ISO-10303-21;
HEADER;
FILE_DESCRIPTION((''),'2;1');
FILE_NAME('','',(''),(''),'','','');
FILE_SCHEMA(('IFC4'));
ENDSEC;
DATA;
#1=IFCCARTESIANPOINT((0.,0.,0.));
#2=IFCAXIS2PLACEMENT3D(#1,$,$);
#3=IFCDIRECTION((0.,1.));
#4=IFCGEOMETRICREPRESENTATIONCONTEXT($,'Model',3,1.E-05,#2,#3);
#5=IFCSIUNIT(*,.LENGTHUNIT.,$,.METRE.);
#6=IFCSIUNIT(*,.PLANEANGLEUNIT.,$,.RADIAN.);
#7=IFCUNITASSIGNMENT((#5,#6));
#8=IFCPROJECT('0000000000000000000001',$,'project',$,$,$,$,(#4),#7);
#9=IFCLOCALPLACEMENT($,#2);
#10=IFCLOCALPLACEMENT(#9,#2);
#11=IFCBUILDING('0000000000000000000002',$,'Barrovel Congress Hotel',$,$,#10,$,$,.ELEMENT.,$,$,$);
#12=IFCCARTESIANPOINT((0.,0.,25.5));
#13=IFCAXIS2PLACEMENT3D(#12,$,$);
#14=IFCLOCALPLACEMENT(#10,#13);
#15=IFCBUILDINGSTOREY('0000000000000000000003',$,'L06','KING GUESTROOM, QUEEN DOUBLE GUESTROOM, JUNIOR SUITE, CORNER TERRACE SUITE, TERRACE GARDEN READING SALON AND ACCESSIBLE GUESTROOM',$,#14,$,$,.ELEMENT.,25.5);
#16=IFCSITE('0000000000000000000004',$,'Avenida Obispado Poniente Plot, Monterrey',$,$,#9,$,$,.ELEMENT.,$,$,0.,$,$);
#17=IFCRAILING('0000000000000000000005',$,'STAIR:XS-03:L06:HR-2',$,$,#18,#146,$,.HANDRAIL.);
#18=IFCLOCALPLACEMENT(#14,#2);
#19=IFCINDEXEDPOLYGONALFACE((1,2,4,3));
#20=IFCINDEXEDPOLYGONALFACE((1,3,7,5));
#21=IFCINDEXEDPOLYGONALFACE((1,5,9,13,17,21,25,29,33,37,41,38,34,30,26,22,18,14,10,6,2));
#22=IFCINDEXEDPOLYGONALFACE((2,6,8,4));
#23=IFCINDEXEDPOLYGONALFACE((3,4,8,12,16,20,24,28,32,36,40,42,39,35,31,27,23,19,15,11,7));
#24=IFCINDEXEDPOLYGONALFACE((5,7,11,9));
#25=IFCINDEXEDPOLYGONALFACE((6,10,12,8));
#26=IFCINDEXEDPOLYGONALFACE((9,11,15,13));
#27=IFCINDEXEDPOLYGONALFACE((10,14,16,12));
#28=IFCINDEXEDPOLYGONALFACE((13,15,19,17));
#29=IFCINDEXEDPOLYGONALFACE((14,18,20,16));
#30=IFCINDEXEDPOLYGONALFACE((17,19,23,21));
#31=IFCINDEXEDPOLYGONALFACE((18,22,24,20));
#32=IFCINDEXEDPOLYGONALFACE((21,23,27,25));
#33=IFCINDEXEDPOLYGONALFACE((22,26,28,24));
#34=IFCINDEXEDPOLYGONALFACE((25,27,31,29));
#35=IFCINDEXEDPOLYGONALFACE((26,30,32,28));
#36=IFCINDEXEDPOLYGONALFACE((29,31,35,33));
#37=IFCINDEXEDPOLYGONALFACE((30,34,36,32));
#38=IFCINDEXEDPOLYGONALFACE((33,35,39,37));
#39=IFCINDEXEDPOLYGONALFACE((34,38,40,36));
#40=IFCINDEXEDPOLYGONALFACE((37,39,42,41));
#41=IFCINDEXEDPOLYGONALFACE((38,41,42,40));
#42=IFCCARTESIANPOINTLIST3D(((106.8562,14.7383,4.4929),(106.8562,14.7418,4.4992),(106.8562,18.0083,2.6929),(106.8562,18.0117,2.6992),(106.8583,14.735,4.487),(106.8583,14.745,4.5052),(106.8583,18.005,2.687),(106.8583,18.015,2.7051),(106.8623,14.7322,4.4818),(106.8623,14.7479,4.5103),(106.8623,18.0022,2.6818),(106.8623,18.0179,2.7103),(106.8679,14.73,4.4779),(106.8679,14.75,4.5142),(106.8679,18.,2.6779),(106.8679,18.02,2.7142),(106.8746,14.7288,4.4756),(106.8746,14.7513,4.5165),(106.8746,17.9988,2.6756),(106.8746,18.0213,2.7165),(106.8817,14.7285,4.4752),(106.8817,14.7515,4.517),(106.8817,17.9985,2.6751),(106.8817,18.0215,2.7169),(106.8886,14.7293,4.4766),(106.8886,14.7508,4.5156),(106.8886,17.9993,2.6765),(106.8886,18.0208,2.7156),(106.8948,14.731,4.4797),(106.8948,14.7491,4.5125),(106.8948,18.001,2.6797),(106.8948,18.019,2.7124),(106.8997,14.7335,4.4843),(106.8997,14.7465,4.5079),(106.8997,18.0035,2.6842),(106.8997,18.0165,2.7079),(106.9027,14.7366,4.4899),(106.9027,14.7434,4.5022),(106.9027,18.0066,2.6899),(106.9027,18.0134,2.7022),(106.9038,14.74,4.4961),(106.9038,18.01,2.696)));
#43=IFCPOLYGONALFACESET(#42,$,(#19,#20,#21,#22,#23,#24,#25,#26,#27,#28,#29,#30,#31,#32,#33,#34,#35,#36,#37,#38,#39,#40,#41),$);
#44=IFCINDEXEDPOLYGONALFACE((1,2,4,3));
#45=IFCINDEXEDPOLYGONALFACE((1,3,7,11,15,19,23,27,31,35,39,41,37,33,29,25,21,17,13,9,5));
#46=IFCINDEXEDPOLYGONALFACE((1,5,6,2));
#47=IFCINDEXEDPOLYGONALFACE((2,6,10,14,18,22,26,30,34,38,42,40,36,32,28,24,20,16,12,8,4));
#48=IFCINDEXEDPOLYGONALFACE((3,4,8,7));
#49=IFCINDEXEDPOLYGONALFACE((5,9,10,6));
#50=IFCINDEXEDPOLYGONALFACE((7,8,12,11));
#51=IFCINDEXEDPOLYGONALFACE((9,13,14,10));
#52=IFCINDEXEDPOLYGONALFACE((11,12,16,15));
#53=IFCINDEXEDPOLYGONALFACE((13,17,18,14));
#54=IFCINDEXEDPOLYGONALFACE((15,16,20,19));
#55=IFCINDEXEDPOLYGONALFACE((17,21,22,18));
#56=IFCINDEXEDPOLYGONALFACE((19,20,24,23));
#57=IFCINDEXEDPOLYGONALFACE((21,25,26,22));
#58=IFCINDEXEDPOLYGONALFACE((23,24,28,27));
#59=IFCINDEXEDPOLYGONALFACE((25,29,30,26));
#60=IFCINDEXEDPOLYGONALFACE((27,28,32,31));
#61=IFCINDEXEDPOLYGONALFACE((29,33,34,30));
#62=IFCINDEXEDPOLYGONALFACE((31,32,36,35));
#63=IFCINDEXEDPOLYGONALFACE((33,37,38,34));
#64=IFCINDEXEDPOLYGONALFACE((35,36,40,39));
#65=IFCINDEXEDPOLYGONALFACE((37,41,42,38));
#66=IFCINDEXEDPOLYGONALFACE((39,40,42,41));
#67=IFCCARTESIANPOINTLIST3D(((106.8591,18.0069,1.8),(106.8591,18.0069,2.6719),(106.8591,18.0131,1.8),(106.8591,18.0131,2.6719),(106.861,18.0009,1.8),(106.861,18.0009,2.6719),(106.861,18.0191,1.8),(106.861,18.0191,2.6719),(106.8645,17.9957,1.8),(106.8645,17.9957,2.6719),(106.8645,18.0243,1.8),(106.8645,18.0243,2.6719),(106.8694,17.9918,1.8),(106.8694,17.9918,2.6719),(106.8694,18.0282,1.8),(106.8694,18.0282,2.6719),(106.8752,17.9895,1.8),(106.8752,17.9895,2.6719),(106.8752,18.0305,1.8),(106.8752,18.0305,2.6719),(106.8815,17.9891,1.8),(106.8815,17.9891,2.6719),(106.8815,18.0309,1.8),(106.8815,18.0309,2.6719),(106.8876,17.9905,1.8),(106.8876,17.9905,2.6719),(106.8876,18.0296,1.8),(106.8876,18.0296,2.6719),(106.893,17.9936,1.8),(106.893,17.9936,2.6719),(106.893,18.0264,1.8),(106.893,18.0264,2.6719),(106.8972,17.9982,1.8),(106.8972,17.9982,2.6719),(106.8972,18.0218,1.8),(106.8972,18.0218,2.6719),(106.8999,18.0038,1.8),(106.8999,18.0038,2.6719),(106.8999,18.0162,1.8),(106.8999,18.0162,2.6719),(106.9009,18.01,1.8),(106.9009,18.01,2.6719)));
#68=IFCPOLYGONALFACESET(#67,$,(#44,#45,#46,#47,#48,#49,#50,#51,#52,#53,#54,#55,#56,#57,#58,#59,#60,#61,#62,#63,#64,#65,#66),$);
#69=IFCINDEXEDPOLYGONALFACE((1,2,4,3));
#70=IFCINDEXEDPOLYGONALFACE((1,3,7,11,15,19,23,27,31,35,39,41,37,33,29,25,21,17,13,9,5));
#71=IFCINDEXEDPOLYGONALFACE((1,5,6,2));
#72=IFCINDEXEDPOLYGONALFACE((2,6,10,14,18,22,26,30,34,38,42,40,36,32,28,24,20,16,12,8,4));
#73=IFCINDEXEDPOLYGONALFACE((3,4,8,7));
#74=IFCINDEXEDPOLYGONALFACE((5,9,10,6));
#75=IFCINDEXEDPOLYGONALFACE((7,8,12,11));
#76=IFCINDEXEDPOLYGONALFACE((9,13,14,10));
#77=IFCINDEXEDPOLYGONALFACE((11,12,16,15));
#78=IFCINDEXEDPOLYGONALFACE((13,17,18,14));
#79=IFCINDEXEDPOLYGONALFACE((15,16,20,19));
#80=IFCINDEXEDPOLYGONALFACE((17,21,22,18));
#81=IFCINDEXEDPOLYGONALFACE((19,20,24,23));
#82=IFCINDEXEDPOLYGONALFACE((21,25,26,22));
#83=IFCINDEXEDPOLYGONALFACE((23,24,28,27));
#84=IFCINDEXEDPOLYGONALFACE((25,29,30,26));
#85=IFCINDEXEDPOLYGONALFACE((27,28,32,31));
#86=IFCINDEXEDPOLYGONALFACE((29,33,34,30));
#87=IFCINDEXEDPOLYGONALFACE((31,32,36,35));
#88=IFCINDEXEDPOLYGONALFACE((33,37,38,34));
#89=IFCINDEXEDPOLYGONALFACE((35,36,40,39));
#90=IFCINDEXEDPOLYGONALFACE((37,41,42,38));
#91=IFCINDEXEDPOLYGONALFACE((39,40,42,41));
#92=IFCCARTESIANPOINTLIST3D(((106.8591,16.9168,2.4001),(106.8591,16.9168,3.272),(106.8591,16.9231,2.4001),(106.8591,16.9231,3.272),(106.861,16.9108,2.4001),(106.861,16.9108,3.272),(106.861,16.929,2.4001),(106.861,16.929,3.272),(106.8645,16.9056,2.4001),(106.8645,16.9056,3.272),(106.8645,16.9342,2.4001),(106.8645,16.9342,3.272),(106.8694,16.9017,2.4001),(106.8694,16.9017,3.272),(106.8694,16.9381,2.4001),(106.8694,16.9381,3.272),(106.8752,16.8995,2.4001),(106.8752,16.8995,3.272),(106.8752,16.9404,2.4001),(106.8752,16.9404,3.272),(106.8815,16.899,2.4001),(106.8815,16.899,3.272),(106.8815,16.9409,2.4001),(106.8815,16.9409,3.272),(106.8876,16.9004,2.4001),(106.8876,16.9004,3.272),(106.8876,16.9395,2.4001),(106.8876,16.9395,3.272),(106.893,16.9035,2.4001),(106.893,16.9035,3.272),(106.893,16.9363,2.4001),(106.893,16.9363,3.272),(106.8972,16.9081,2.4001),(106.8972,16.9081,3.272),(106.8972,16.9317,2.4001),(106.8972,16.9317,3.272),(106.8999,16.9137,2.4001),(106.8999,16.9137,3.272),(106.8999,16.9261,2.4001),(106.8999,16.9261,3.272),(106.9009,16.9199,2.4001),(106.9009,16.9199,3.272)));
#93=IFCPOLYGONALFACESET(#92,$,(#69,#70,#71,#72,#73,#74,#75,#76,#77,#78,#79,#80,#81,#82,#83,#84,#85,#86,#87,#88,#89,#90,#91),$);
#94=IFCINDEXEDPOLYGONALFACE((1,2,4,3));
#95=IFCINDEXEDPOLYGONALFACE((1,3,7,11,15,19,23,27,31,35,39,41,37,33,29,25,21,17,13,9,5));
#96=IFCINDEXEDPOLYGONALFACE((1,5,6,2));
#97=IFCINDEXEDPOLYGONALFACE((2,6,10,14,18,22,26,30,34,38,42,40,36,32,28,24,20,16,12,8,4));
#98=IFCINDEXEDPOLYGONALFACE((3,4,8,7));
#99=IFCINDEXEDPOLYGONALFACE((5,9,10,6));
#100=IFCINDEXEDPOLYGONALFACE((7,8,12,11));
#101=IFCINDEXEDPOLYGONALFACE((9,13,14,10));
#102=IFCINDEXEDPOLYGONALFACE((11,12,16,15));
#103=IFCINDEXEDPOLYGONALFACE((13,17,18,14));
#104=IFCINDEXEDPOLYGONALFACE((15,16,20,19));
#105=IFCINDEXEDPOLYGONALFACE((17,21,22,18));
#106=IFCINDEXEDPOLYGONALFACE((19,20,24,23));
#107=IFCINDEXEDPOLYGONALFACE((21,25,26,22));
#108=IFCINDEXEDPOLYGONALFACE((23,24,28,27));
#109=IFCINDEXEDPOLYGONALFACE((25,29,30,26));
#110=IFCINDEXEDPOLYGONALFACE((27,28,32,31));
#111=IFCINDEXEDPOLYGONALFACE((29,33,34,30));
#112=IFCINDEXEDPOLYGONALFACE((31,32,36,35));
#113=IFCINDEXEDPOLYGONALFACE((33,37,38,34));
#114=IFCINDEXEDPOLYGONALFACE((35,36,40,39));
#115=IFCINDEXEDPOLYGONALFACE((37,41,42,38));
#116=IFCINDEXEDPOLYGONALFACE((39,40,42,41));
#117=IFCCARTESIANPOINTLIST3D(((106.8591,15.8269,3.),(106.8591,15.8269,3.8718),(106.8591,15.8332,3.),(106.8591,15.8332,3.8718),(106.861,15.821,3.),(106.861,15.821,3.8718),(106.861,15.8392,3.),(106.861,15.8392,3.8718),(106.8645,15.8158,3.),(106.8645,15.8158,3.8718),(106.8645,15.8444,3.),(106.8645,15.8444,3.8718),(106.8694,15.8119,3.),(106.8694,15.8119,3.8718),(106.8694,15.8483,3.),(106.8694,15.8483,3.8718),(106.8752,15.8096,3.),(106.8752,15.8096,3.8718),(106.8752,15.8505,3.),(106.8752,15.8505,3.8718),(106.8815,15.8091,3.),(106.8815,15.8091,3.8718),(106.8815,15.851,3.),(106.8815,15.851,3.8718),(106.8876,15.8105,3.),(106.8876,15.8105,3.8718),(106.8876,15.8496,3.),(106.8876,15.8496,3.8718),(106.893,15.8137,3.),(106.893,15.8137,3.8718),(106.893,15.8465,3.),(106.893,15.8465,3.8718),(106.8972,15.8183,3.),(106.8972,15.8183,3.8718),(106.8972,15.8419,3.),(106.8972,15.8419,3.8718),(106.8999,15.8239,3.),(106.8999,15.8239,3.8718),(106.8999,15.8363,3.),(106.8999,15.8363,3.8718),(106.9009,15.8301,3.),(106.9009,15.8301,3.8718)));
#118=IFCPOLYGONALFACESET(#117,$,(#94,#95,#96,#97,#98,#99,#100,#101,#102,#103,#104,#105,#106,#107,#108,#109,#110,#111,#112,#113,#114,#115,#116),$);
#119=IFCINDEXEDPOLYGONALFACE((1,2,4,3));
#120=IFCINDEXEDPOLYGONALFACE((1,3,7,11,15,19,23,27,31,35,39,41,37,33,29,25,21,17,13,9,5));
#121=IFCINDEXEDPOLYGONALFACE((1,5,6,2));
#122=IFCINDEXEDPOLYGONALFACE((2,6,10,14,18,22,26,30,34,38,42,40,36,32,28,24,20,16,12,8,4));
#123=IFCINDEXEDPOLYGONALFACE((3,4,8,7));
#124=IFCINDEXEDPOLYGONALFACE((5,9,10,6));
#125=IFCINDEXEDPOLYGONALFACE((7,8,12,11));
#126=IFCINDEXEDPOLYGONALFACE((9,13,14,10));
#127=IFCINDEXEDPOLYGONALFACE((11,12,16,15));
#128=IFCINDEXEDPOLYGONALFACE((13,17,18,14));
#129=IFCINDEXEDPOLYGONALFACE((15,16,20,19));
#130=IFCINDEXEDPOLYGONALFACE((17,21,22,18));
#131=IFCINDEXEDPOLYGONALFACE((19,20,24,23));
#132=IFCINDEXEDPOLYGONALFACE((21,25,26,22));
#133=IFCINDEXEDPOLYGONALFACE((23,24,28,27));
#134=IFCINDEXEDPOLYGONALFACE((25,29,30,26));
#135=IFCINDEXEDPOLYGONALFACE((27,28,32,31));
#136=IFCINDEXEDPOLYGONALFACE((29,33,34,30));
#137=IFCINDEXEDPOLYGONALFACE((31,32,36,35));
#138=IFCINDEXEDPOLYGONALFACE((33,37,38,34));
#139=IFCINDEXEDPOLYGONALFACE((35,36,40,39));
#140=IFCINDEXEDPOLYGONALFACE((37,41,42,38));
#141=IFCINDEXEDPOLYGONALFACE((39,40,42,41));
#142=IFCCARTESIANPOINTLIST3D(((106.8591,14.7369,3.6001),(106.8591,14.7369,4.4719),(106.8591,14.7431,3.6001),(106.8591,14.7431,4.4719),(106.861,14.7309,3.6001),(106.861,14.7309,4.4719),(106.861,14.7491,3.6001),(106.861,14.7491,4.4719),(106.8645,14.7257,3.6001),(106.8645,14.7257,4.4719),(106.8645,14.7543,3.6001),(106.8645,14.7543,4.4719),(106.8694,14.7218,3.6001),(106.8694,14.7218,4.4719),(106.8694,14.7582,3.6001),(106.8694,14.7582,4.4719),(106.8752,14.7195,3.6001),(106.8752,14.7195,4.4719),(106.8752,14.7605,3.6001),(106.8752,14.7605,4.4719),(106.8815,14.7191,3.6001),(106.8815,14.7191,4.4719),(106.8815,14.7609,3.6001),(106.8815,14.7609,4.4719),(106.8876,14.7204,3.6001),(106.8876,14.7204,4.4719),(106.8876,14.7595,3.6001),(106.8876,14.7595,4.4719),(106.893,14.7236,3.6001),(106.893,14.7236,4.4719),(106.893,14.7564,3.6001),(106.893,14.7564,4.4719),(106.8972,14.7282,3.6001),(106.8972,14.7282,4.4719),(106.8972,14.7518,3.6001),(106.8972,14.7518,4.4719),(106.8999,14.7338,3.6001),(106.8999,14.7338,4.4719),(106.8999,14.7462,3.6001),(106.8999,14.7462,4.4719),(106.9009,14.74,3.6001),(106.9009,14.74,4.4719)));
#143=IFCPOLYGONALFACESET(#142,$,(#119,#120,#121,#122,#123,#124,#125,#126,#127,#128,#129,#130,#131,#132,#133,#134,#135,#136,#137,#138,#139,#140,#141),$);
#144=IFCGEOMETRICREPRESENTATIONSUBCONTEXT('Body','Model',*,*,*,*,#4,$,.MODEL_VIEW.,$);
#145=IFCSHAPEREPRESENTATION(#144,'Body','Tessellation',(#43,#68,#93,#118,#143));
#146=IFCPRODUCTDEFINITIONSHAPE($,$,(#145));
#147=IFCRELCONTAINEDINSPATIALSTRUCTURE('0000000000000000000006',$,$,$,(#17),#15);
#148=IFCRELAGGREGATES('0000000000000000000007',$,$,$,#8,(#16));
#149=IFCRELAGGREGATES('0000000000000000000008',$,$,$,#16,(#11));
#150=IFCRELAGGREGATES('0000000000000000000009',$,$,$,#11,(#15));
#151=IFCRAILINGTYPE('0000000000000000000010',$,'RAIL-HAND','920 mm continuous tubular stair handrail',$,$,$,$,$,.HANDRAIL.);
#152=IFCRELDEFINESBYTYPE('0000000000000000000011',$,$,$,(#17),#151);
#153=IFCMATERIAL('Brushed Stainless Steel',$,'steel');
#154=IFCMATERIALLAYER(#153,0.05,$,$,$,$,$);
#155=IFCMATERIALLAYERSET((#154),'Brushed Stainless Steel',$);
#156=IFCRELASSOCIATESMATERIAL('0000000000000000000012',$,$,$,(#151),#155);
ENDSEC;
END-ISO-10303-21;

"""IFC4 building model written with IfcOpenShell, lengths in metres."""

from ifc_helpers import new_model, si_unit, direction, frame, origin, origin_2d, place, context, subcontext, project, spatial, circle, extrude, material, layer, layer_set, type_object, element, save


model = new_model("IFC4")

# Units and contexts
model_context = context("Model", 3, precision=1e-05, world=origin(), true_north=direction((0.0, 1.0)))
body_context = subcontext(model_context, "Body", "Model", "MODEL_VIEW")
ifc_project = project(units=[si_unit("LENGTHUNIT", "METRE"), si_unit("PLANEANGLEUNIT", "RADIAN")], contexts=[model_context])

# Site, building, storey
site_placement = place(None, origin())
site = spatial("IfcSite", under=ifc_project, at=site_placement, Name="Avenida Obispado Poniente Plot, Monterrey", CompositionType="ELEMENT", RefElevation=0.0)
building_placement = place(site_placement, origin())
building = spatial("IfcBuilding", under=site, at=building_placement, Name="Barrovel Congress Hotel", CompositionType="ELEMENT")
storey_placement = place(building_placement, frame((0.0, 0.0, 25.5)))
storey = spatial("IfcBuildingStorey", under=building, at=storey_placement, Name="L06", Description="KING GUESTROOM, QUEEN DOUBLE GUESTROOM, JUNIOR SUITE, CORNER TERRACE SUITE, TERRACE GARDEN READING SALON AND ACCESSIBLE GUESTROOM", CompositionType="ELEMENT", Elevation=25.5)

# Railing
ifc_material_1 = material(Name="Brushed Stainless Steel", Category="steel")
ifc_layer_1 = layer(ifc_material_1, 0.05)
ifc_layer_set_1 = layer_set([ifc_layer_1], Name="Brushed Stainless Steel")
railing_type_1 = type_object("IfcRailingType", Name="RAIL-HAND", Description="920 mm continuous tubular stair handrail", PredefinedType="HANDRAIL", material=ifc_layer_set_1)
railing_1_placement = place(storey_placement, frame((106.8799, 18.01, 1.8)))
element("IfcRailing", 1, at=railing_1_placement, inside=storey, type_object=railing_type_1, Name="STAIR:XS-03:L06:HR-2", PredefinedType="HANDRAIL", context=body_context, shape_type="SweptSolid", body=[
    extrude(circle(Radius=0.0239, at=origin_2d()), frame((0.0, 0.0, 0.896), z_axis=(0.0, -0.876042, 0.482235), x_axis=(1.0, 0.0, 0.0)), (0.0, 0.0, 1.0), 3.7327),
    extrude(circle(Radius=0.021, at=origin_2d()), origin(), (0.0, 0.0, 1.0), 0.8718),
    extrude(circle(Radius=0.021, at=origin_2d()), frame((0.0, -1.0901, 0.6001)), (0.0, 0.0, 1.0), 0.8718),
    extrude(circle(Radius=0.021, at=origin_2d()), frame((0.0, -2.1799, 1.2)), (0.0, 0.0, 1.0), 0.8718),
    extrude(circle(Radius=0.021, at=origin_2d()), frame((0.0, -3.27, 1.8)), (0.0, 0.0, 1.0), 0.8718),
])

save(model, "model.ifc")
